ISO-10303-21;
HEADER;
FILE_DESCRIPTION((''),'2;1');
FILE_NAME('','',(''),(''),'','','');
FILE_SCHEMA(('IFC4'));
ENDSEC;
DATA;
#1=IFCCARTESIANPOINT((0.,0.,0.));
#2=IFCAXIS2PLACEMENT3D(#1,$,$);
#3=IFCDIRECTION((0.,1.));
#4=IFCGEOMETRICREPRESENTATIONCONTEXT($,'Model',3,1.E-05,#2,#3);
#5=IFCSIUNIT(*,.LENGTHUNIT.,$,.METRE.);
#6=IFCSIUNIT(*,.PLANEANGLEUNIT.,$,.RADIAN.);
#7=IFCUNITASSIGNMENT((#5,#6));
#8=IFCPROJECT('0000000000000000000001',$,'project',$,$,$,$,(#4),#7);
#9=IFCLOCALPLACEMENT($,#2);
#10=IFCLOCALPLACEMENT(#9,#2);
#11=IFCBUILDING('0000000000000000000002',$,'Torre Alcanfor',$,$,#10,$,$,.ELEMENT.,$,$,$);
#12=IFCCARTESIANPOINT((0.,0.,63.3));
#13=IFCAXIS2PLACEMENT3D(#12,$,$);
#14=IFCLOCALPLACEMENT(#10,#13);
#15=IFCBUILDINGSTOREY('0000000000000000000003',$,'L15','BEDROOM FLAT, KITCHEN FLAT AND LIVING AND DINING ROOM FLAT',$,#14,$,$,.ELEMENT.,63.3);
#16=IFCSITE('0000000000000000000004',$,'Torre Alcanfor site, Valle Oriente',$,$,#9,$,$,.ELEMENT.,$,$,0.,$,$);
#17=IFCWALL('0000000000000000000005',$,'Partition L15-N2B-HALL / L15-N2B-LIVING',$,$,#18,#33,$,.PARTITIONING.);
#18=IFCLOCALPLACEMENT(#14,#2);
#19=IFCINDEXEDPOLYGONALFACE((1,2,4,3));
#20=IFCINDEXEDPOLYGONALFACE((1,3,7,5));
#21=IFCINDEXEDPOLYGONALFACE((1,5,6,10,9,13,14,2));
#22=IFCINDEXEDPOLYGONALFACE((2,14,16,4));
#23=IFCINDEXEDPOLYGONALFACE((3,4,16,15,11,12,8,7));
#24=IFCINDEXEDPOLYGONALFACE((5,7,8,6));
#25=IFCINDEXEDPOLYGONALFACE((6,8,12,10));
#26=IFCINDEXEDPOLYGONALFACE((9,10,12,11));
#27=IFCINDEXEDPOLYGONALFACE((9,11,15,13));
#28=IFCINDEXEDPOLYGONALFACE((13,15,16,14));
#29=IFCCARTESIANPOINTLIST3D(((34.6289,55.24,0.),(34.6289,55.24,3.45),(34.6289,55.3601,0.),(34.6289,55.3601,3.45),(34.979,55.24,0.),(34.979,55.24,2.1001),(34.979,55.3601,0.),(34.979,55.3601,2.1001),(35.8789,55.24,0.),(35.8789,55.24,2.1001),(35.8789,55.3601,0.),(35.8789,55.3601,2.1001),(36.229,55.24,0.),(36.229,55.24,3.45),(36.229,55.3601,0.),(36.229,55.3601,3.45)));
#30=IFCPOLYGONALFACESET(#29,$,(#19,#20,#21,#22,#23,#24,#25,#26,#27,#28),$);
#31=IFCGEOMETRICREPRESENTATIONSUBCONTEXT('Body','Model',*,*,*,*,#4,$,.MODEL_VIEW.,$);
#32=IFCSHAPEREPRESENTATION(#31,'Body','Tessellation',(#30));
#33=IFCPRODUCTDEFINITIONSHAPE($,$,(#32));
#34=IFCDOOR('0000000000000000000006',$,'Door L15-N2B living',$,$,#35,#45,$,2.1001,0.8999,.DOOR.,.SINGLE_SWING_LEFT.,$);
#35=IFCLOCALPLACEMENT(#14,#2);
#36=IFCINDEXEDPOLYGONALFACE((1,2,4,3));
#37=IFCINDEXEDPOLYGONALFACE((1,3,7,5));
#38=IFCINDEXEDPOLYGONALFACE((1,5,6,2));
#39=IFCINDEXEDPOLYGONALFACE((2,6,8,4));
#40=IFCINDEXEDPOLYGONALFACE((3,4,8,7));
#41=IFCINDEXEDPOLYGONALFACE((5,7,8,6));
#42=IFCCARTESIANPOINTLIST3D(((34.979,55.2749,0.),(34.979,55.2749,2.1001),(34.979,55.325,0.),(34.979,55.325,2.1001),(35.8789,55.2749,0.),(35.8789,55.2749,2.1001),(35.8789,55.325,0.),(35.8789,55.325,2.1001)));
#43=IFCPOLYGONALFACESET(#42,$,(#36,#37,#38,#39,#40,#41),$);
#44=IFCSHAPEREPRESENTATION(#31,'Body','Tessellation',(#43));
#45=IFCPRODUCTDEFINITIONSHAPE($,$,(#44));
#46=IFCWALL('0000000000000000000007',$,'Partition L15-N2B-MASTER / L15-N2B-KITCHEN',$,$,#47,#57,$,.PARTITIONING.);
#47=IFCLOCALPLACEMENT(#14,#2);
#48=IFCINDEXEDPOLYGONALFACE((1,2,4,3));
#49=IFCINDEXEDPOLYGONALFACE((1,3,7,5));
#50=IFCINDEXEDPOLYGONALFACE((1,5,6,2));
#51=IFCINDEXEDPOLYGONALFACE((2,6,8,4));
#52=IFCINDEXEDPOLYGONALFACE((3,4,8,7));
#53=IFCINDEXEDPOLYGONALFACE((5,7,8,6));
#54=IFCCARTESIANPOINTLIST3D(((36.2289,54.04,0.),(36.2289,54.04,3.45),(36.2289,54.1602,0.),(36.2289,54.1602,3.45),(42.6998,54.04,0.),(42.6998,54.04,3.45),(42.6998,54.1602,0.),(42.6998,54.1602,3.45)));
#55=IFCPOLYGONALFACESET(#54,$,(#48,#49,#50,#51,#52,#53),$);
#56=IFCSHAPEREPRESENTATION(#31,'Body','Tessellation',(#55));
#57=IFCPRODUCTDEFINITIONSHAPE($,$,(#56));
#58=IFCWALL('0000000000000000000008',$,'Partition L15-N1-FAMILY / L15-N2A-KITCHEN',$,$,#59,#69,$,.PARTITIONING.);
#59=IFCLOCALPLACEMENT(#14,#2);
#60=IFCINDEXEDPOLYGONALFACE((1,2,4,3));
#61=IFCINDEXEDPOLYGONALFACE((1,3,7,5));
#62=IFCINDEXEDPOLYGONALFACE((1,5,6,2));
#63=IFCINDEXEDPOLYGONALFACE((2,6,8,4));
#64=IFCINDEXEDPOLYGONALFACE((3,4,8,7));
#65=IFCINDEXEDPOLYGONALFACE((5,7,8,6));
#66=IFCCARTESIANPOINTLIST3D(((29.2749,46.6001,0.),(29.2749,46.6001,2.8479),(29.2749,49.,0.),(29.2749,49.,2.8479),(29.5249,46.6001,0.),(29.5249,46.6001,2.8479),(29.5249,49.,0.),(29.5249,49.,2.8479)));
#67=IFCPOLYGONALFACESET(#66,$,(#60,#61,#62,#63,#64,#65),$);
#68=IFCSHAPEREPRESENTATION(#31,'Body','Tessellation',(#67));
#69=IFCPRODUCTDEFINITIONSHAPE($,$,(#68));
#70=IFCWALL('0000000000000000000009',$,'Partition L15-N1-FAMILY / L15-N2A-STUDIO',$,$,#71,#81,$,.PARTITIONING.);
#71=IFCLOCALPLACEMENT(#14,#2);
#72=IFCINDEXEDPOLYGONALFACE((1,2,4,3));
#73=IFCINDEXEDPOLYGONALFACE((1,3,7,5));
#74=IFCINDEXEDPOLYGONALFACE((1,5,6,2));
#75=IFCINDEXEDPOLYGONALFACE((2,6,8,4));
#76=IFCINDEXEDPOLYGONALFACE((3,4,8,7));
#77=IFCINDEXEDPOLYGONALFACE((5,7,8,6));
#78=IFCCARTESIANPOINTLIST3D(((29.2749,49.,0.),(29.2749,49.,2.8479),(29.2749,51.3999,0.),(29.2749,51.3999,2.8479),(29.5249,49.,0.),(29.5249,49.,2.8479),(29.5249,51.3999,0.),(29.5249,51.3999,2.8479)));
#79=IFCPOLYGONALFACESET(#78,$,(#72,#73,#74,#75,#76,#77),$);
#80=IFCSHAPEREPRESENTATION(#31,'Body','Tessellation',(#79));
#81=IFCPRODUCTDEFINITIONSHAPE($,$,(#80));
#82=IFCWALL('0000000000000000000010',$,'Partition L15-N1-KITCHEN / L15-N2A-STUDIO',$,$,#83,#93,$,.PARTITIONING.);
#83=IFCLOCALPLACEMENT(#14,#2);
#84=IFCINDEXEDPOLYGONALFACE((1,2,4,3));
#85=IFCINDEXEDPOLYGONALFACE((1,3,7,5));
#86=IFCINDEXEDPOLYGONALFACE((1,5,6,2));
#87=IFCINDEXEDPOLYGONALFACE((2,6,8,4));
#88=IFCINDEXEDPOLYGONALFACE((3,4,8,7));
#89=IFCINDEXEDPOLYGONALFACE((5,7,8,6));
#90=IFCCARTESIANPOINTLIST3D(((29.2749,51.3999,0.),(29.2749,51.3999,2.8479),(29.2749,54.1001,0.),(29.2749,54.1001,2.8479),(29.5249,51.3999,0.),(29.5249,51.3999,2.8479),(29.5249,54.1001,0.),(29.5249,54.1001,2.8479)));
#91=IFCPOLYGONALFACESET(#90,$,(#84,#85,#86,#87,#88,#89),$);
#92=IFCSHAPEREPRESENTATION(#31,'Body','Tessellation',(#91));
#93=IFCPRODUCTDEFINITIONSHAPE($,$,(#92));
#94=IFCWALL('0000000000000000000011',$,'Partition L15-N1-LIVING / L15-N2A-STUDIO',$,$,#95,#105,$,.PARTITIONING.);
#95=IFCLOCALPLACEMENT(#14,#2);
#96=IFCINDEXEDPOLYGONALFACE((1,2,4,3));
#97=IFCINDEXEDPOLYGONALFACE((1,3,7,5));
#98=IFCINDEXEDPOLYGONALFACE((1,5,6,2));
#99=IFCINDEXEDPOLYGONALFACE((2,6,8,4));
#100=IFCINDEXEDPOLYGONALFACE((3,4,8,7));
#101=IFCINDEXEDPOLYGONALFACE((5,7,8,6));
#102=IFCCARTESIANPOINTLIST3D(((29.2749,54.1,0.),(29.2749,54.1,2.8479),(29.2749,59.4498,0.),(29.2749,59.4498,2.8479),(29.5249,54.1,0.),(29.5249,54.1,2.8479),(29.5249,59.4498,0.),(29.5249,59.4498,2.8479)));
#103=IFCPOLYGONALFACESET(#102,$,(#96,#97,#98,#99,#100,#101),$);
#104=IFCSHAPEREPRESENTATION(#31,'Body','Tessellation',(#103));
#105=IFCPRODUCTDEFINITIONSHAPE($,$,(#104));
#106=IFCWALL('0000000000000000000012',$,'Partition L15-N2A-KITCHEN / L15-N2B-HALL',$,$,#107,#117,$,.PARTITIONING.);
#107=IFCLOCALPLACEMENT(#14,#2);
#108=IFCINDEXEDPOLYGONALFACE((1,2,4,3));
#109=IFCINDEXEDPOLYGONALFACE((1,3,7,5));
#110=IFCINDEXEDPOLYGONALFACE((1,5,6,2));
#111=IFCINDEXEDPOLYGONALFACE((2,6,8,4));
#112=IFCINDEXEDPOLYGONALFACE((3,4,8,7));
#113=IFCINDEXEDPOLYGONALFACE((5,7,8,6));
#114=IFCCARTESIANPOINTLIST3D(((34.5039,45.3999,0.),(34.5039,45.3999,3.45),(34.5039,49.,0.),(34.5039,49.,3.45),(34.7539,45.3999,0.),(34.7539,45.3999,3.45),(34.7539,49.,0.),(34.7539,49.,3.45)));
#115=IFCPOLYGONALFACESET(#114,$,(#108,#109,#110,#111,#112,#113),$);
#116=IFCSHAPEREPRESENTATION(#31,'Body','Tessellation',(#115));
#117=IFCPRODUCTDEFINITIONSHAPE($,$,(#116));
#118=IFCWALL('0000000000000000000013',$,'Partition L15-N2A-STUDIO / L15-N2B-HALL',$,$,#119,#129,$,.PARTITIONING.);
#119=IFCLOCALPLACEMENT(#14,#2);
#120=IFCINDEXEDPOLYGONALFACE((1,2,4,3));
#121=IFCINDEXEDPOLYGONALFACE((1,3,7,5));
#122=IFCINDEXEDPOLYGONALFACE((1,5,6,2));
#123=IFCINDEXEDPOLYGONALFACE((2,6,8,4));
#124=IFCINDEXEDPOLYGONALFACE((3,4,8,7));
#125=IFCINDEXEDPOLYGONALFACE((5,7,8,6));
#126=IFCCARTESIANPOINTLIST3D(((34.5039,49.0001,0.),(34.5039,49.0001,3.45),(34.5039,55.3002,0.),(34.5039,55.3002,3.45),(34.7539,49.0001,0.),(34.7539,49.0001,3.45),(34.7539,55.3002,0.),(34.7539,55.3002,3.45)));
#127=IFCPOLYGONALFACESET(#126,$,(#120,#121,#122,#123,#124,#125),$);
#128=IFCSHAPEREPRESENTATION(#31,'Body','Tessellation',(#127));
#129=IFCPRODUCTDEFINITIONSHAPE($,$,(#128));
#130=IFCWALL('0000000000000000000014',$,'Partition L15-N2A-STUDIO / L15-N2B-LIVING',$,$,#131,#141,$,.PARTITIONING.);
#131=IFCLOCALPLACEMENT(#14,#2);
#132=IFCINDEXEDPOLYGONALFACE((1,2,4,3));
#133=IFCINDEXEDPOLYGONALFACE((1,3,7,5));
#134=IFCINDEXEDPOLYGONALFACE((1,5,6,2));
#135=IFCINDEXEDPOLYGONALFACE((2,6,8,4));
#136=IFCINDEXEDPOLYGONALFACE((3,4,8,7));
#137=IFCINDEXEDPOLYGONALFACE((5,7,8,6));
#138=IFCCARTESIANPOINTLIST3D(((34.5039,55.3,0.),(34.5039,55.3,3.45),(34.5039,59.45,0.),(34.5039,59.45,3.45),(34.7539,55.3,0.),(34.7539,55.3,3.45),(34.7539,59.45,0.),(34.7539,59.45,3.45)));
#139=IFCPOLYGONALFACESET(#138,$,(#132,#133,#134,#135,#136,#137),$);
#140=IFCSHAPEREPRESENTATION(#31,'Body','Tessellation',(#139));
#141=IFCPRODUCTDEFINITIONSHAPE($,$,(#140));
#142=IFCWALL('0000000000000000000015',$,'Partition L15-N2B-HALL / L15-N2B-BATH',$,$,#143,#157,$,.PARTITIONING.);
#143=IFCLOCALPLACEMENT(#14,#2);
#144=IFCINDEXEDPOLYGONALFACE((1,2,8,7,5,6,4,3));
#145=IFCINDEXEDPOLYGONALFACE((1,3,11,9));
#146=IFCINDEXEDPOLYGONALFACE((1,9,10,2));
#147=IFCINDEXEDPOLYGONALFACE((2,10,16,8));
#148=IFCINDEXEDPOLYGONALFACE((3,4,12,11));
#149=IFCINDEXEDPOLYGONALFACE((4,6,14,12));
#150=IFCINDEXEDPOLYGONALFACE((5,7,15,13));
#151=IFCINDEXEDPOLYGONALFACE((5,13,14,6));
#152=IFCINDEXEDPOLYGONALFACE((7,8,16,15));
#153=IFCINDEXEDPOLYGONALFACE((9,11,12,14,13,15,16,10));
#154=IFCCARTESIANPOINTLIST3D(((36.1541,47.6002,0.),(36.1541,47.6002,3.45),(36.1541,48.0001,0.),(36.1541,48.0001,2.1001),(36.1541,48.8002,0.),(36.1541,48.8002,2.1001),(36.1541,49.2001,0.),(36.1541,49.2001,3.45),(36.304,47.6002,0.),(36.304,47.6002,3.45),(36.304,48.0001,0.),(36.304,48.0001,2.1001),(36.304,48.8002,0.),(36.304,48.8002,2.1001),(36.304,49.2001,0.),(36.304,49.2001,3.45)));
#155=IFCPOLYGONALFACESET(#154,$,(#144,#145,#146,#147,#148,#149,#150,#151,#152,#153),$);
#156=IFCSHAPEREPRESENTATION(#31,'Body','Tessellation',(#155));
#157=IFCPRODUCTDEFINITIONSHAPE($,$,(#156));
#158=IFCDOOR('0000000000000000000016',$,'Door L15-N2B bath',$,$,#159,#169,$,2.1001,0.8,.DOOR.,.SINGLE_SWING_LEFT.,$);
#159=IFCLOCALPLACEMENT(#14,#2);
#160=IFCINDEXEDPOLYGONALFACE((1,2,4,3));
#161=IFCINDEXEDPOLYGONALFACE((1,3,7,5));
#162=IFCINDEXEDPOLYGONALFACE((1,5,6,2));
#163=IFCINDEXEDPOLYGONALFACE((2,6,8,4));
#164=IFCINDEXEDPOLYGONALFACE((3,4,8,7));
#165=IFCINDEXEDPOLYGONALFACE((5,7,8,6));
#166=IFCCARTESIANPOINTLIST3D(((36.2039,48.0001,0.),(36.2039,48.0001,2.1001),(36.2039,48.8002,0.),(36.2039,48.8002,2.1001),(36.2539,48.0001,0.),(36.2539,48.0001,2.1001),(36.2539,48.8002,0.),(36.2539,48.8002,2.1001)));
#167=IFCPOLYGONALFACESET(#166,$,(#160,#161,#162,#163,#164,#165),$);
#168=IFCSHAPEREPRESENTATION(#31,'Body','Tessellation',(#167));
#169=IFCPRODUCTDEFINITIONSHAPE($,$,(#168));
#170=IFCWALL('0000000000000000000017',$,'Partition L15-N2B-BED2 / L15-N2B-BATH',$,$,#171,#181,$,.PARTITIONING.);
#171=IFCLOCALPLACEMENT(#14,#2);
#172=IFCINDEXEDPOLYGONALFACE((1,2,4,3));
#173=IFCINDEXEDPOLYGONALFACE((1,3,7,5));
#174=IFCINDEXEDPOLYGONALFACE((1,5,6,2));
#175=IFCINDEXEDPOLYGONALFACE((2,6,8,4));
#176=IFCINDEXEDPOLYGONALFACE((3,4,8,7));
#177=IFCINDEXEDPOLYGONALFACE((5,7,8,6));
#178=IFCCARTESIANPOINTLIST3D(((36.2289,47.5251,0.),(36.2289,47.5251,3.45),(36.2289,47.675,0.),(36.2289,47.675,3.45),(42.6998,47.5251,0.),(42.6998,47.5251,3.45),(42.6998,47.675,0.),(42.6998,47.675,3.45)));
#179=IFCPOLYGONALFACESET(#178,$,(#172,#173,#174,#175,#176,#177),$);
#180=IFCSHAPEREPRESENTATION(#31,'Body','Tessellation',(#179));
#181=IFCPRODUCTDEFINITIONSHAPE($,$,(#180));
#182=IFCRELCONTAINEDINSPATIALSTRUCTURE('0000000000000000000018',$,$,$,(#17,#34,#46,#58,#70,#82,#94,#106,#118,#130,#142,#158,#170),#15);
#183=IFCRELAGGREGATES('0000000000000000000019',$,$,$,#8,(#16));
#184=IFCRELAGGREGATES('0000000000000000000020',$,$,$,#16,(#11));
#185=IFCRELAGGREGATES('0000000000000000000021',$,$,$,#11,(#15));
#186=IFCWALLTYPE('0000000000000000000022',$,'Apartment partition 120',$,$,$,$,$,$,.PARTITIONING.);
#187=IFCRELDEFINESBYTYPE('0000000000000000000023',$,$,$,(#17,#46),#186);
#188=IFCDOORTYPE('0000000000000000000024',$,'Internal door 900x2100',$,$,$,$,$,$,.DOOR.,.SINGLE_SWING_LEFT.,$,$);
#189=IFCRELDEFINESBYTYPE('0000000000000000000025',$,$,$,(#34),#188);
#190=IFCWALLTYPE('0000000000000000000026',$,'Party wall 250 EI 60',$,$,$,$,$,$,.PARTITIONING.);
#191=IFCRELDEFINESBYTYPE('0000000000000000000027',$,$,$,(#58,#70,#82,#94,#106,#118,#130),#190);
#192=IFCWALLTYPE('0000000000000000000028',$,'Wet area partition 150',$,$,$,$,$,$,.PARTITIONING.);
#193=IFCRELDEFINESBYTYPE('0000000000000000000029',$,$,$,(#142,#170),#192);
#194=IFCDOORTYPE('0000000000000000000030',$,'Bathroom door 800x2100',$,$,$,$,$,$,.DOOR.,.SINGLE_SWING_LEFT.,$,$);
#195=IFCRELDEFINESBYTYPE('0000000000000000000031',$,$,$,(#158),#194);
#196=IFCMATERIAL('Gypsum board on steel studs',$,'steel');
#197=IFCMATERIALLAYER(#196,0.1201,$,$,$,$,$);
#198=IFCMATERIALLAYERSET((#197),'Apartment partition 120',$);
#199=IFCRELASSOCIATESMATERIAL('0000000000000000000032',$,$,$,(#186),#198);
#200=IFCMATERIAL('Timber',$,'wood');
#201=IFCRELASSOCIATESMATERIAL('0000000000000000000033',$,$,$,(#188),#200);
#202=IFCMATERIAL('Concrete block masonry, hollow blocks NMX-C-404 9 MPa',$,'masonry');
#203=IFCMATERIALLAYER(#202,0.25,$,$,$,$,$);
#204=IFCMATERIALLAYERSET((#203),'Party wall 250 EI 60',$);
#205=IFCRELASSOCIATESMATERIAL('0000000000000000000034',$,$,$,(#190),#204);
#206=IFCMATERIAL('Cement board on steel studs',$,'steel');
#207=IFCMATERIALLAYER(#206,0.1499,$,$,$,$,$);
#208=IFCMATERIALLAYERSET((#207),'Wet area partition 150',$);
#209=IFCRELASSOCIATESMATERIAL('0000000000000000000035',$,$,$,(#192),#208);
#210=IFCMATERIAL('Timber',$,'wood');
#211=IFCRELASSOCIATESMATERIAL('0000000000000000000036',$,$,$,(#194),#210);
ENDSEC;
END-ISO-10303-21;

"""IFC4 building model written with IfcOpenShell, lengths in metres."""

from ifc_helpers import new_model, si_unit, direction, frame, frame_2d, origin, place, context, subcontext, project, spatial, rectangle, extrude, material, layer, layer_set, type_object, element, fill, save


model = new_model("IFC4")

# Units and contexts
model_context = context("Model", 3, precision=1e-05, world=origin(), true_north=direction((0.0, 1.0)))
body_context = subcontext(model_context, "Body", "Model", "MODEL_VIEW")
ifc_project = project(units=[si_unit("LENGTHUNIT", "METRE"), si_unit("PLANEANGLEUNIT", "RADIAN")], contexts=[model_context])

# Site, building, storey
site_placement = place(None, origin())
site = spatial("IfcSite", under=ifc_project, at=site_placement, Name="Torre Alcanfor site, Valle Oriente", CompositionType="ELEMENT", RefElevation=0.0)
building_placement = place(site_placement, origin())
building = spatial("IfcBuilding", under=site, at=building_placement, Name="Torre Alcanfor", CompositionType="ELEMENT")
storey_placement = place(building_placement, frame((0.0, 0.0, 63.3)))
storey = spatial("IfcBuildingStorey", under=building, at=storey_placement, Name="L15", Description="BEDROOM FLAT, KITCHEN FLAT AND LIVING AND DINING ROOM FLAT", CompositionType="ELEMENT", Elevation=63.3)

# Shared definitions
ifc_material_1 = material(Name="Gypsum board on steel studs", Category="steel")
ifc_layer_1 = layer(ifc_material_1, 0.1201)
ifc_layer_set_1 = layer_set([ifc_layer_1], Name="Apartment partition 120")
wall_type_1 = type_object("IfcWallType", Name="Apartment partition 120", PredefinedType="PARTITIONING", material=ifc_layer_set_1)

# Shared definitions
ifc_material_2 = material(Name="Timber", Category="wood")
door_type_1 = type_object("IfcDoorType", Name="Internal door 900x2100", OperationType="SINGLE_SWING_LEFT", PredefinedType="DOOR", material=ifc_material_2)

# Wall, opening, door
wall_1_placement = place(storey_placement, frame((34.6289, 55.3, 0.0), z_axis=(0.0, 0.0, 1.0), x_axis=(1.0, 0.0, 0.0)))
wall_1 = element("IfcWall", 1, at=wall_1_placement, inside=storey, type_object=wall_type_1, Name="Partition L15-N2B-HALL / L15-N2B-LIVING", PredefinedType="PARTITIONING", context=body_context, shape_type="SweptSolid", body=[
    extrude(rectangle(XDim=1.6001, YDim=0.1201, at=frame_2d((0.8, 0.0))), origin(), (0.0, 0.0, 1.0), 3.45),
])
opening_1_placement = place(wall_1_placement, frame((0.3501, 0.0, 0.0)))
opening_1 = element("IfcOpeningElement", 2, at=opening_1_placement, cuts=wall_1, PredefinedType="OPENING", context=body_context, shape_type="SweptSolid", body=[
    extrude(rectangle(XDim=0.8999, YDim=2.1001, at=frame_2d((0.45, 1.05))), frame((0.0, 0.0701, 0.0), z_axis=(0.0, -1.0, 0.0), x_axis=(1.0, 0.0, 0.0)), (0.0, 0.0, 1.0), 0.1401),
])
door_1_placement = place(opening_1_placement, origin())
door_1 = element("IfcDoor", 3, at=door_1_placement, inside=storey, type_object=door_type_1, Name="Door L15-N2B living", OperationType="SINGLE_SWING_LEFT", OverallHeight=2.1001, OverallWidth=0.8999, PredefinedType="DOOR", context=body_context, shape_type="SweptSolid", body=[
    extrude(rectangle(XDim=0.8999, YDim=2.1001, at=frame_2d((0.45, 1.05))), frame((0.0, 0.0249, 0.0), z_axis=(0.0, -1.0, 0.0), x_axis=(1.0, 0.0, 0.0)), (0.0, 0.0, 1.0), 0.05),
])
fill(opening_1, door_1)

# Walls
wall_2_placement = place(storey_placement, frame((36.229, 54.1001, 0.0), z_axis=(0.0, 0.0, 1.0), x_axis=(1.0, 0.0, 0.0)))
element("IfcWall", 4, at=wall_2_placement, inside=storey, type_object=wall_type_1, Name="Partition L15-N2B-MASTER / L15-N2B-KITCHEN", PredefinedType="PARTITIONING", context=body_context, shape_type="SweptSolid", body=[
    extrude(rectangle(XDim=6.4709, YDim=0.1201, at=frame_2d((3.2354, 0.0))), origin(), (0.0, 0.0, 1.0), 3.45),
])
ifc_material_3 = material(Name="Concrete block masonry, hollow blocks NMX-C-404 9 MPa", Category="masonry")
ifc_layer_2 = layer(ifc_material_3, 0.25)
ifc_layer_set_2 = layer_set([ifc_layer_2], Name="Party wall 250 EI 60")
wall_type_2 = type_object("IfcWallType", Name="Party wall 250 EI 60", PredefinedType="PARTITIONING", material=ifc_layer_set_2)
for number, where, z_axis, x_axis, name in (
    (5, (29.3999, 46.6001, 0.0), (0.0, 0.0, 1.0), (0.0, 1.0, 0.0), "Partition L15-N1-FAMILY / L15-N2A-KITCHEN"),
    (6, (29.3999, 49.0, 0.0), (0.0, 0.0, 1.0), (0.0, 1.0, 0.0), "Partition L15-N1-FAMILY / L15-N2A-STUDIO"),
):
    element("IfcWall", number, at=place(storey_placement, frame(where, z_axis=z_axis, x_axis=x_axis)), inside=storey, type_object=wall_type_2, Name=name, PredefinedType="PARTITIONING", context=body_context, shape_type="SweptSolid", body=[
        extrude(rectangle(XDim=2.3999, YDim=0.25, at=frame_2d((1.2, 0.0))), origin(), (0.0, 0.0, 1.0), 2.8479),
    ])
wall_3_placement = place(storey_placement, frame((29.3999, 51.3999, 0.0), z_axis=(0.0, 0.0, 1.0), x_axis=(0.0, 1.0, 0.0)))
element("IfcWall", 7, at=wall_3_placement, inside=storey, type_object=wall_type_2, Name="Partition L15-N1-KITCHEN / L15-N2A-STUDIO", PredefinedType="PARTITIONING", context=body_context, shape_type="SweptSolid", body=[
    extrude(rectangle(XDim=2.7002, YDim=0.25, at=frame_2d((1.3501, 0.0))), origin(), (0.0, 0.0, 1.0), 2.8479),
])
wall_4_placement = place(storey_placement, frame((29.3999, 54.1001, 0.0), z_axis=(0.0, 0.0, 1.0), x_axis=(0.0, 1.0, 0.0)))
element("IfcWall", 8, at=wall_4_placement, inside=storey, type_object=wall_type_2, Name="Partition L15-N1-LIVING / L15-N2A-STUDIO", PredefinedType="PARTITIONING", context=body_context, shape_type="SweptSolid", body=[
    extrude(rectangle(XDim=5.3499, YDim=0.25, at=frame_2d((2.6748, 0.0))), origin(), (0.0, 0.0, 1.0), 2.8479),
])
wall_5_placement = place(storey_placement, frame((34.6289, 49.0, 0.0), z_axis=(0.0, 0.0, 1.0), x_axis=(0.0, -1.0, 0.0)))
element("IfcWall", 9, at=wall_5_placement, inside=storey, type_object=wall_type_2, Name="Partition L15-N2A-KITCHEN / L15-N2B-HALL", PredefinedType="PARTITIONING", context=body_context, shape_type="SweptSolid", body=[
    extrude(rectangle(XDim=3.6001, YDim=0.25, at=frame_2d((1.8, 0.0))), origin(), (0.0, 0.0, 1.0), 3.45),
])
wall_6_placement = place(storey_placement, frame((34.6289, 55.3, 0.0), z_axis=(0.0, 0.0, 1.0), x_axis=(0.0, -1.0, 0.0)))
element("IfcWall", 10, at=wall_6_placement, inside=storey, type_object=wall_type_2, Name="Partition L15-N2A-STUDIO / L15-N2B-HALL", PredefinedType="PARTITIONING", context=body_context, shape_type="SweptSolid", body=[
    extrude(rectangle(XDim=6.3, YDim=0.25, at=frame_2d((3.1499, 0.0))), origin(), (0.0, 0.0, 1.0), 3.45),
])
wall_7_placement = place(storey_placement, frame((34.6289, 59.45, 0.0), z_axis=(0.0, 0.0, 1.0), x_axis=(0.0, -1.0, 0.0)))
element("IfcWall", 11, at=wall_7_placement, inside=storey, type_object=wall_type_2, Name="Partition L15-N2A-STUDIO / L15-N2B-LIVING", PredefinedType="PARTITIONING", context=body_context, shape_type="SweptSolid", body=[
    extrude(rectangle(XDim=4.1499, YDim=0.25, at=frame_2d((2.075, 0.0))), origin(), (0.0, 0.0, 1.0), 3.45),
])

# Wall, opening, door
ifc_material_4 = material(Name="Cement board on steel studs", Category="steel")
ifc_layer_3 = layer(ifc_material_4, 0.1499)
ifc_layer_set_3 = layer_set([ifc_layer_3], Name="Wet area partition 150")
wall_type_3 = type_object("IfcWallType", Name="Wet area partition 150", PredefinedType="PARTITIONING", material=ifc_layer_set_3)
wall_8_placement = place(storey_placement, frame((36.229, 49.2, 0.0), z_axis=(0.0, 0.0, 1.0), x_axis=(0.0, -1.0, 0.0)))
wall_8 = element("IfcWall", 12, at=wall_8_placement, inside=storey, type_object=wall_type_3, Name="Partition L15-N2B-HALL / L15-N2B-BATH", PredefinedType="PARTITIONING", context=body_context, shape_type="SweptSolid", body=[
    extrude(rectangle(XDim=1.5999, YDim=0.1499, at=frame_2d((0.7998, 0.0))), origin(), (0.0, 0.0, 1.0), 3.45),
])
opening_2_placement = place(wall_8_placement, frame((0.3999, 0.0, 0.0)))
opening_2 = element("IfcOpeningElement", 13, at=opening_2_placement, cuts=wall_8, PredefinedType="OPENING", context=body_context, shape_type="SweptSolid", body=[
    extrude(rectangle(XDim=0.8, YDim=2.1001, at=frame_2d((0.3999, 1.05))), frame((0.0, 0.085, 0.0), z_axis=(0.0, -1.0, 0.0), x_axis=(1.0, 0.0, 0.0)), (0.0, 0.0, 1.0), 0.1699),
])
ifc_material_5 = material(Name="Timber", Category="wood")
door_type_2 = type_object("IfcDoorType", Name="Bathroom door 800x2100", OperationType="SINGLE_SWING_LEFT", PredefinedType="DOOR", material=ifc_material_5)
door_2_placement = place(opening_2_placement, origin())
door_2 = element("IfcDoor", 14, at=door_2_placement, inside=storey, type_object=door_type_2, Name="Door L15-N2B bath", OperationType="SINGLE_SWING_LEFT", OverallHeight=2.1001, OverallWidth=0.8, PredefinedType="DOOR", context=body_context, shape_type="SweptSolid", body=[
    extrude(rectangle(XDim=0.8, YDim=2.1001, at=frame_2d((0.3999, 1.05))), frame((0.0, 0.0249, 0.0), z_axis=(0.0, -1.0, 0.0), x_axis=(1.0, 0.0, 0.0)), (0.0, 0.0, 1.0), 0.05),
])
fill(opening_2, door_2)

# Wall
for number, where, z_axis, x_axis, name in (
    (15, (36.229, 47.6001, 0.0), (0.0, 0.0, 1.0), (1.0, 0.0, 0.0), "Partition L15-N2B-BED2 / L15-N2B-BATH"),
):
    element("IfcWall", number, at=place(storey_placement, frame(where, z_axis=z_axis, x_axis=x_axis)), inside=storey, type_object=wall_type_3, Name=name, PredefinedType="PARTITIONING", context=body_context, shape_type="SweptSolid", body=[
        extrude(rectangle(XDim=6.4709, YDim=0.1499, at=frame_2d((3.2354, 0.0))), origin(), (0.0, 0.0, 1.0), 3.45),
    ])

save(model, "model.ifc")
